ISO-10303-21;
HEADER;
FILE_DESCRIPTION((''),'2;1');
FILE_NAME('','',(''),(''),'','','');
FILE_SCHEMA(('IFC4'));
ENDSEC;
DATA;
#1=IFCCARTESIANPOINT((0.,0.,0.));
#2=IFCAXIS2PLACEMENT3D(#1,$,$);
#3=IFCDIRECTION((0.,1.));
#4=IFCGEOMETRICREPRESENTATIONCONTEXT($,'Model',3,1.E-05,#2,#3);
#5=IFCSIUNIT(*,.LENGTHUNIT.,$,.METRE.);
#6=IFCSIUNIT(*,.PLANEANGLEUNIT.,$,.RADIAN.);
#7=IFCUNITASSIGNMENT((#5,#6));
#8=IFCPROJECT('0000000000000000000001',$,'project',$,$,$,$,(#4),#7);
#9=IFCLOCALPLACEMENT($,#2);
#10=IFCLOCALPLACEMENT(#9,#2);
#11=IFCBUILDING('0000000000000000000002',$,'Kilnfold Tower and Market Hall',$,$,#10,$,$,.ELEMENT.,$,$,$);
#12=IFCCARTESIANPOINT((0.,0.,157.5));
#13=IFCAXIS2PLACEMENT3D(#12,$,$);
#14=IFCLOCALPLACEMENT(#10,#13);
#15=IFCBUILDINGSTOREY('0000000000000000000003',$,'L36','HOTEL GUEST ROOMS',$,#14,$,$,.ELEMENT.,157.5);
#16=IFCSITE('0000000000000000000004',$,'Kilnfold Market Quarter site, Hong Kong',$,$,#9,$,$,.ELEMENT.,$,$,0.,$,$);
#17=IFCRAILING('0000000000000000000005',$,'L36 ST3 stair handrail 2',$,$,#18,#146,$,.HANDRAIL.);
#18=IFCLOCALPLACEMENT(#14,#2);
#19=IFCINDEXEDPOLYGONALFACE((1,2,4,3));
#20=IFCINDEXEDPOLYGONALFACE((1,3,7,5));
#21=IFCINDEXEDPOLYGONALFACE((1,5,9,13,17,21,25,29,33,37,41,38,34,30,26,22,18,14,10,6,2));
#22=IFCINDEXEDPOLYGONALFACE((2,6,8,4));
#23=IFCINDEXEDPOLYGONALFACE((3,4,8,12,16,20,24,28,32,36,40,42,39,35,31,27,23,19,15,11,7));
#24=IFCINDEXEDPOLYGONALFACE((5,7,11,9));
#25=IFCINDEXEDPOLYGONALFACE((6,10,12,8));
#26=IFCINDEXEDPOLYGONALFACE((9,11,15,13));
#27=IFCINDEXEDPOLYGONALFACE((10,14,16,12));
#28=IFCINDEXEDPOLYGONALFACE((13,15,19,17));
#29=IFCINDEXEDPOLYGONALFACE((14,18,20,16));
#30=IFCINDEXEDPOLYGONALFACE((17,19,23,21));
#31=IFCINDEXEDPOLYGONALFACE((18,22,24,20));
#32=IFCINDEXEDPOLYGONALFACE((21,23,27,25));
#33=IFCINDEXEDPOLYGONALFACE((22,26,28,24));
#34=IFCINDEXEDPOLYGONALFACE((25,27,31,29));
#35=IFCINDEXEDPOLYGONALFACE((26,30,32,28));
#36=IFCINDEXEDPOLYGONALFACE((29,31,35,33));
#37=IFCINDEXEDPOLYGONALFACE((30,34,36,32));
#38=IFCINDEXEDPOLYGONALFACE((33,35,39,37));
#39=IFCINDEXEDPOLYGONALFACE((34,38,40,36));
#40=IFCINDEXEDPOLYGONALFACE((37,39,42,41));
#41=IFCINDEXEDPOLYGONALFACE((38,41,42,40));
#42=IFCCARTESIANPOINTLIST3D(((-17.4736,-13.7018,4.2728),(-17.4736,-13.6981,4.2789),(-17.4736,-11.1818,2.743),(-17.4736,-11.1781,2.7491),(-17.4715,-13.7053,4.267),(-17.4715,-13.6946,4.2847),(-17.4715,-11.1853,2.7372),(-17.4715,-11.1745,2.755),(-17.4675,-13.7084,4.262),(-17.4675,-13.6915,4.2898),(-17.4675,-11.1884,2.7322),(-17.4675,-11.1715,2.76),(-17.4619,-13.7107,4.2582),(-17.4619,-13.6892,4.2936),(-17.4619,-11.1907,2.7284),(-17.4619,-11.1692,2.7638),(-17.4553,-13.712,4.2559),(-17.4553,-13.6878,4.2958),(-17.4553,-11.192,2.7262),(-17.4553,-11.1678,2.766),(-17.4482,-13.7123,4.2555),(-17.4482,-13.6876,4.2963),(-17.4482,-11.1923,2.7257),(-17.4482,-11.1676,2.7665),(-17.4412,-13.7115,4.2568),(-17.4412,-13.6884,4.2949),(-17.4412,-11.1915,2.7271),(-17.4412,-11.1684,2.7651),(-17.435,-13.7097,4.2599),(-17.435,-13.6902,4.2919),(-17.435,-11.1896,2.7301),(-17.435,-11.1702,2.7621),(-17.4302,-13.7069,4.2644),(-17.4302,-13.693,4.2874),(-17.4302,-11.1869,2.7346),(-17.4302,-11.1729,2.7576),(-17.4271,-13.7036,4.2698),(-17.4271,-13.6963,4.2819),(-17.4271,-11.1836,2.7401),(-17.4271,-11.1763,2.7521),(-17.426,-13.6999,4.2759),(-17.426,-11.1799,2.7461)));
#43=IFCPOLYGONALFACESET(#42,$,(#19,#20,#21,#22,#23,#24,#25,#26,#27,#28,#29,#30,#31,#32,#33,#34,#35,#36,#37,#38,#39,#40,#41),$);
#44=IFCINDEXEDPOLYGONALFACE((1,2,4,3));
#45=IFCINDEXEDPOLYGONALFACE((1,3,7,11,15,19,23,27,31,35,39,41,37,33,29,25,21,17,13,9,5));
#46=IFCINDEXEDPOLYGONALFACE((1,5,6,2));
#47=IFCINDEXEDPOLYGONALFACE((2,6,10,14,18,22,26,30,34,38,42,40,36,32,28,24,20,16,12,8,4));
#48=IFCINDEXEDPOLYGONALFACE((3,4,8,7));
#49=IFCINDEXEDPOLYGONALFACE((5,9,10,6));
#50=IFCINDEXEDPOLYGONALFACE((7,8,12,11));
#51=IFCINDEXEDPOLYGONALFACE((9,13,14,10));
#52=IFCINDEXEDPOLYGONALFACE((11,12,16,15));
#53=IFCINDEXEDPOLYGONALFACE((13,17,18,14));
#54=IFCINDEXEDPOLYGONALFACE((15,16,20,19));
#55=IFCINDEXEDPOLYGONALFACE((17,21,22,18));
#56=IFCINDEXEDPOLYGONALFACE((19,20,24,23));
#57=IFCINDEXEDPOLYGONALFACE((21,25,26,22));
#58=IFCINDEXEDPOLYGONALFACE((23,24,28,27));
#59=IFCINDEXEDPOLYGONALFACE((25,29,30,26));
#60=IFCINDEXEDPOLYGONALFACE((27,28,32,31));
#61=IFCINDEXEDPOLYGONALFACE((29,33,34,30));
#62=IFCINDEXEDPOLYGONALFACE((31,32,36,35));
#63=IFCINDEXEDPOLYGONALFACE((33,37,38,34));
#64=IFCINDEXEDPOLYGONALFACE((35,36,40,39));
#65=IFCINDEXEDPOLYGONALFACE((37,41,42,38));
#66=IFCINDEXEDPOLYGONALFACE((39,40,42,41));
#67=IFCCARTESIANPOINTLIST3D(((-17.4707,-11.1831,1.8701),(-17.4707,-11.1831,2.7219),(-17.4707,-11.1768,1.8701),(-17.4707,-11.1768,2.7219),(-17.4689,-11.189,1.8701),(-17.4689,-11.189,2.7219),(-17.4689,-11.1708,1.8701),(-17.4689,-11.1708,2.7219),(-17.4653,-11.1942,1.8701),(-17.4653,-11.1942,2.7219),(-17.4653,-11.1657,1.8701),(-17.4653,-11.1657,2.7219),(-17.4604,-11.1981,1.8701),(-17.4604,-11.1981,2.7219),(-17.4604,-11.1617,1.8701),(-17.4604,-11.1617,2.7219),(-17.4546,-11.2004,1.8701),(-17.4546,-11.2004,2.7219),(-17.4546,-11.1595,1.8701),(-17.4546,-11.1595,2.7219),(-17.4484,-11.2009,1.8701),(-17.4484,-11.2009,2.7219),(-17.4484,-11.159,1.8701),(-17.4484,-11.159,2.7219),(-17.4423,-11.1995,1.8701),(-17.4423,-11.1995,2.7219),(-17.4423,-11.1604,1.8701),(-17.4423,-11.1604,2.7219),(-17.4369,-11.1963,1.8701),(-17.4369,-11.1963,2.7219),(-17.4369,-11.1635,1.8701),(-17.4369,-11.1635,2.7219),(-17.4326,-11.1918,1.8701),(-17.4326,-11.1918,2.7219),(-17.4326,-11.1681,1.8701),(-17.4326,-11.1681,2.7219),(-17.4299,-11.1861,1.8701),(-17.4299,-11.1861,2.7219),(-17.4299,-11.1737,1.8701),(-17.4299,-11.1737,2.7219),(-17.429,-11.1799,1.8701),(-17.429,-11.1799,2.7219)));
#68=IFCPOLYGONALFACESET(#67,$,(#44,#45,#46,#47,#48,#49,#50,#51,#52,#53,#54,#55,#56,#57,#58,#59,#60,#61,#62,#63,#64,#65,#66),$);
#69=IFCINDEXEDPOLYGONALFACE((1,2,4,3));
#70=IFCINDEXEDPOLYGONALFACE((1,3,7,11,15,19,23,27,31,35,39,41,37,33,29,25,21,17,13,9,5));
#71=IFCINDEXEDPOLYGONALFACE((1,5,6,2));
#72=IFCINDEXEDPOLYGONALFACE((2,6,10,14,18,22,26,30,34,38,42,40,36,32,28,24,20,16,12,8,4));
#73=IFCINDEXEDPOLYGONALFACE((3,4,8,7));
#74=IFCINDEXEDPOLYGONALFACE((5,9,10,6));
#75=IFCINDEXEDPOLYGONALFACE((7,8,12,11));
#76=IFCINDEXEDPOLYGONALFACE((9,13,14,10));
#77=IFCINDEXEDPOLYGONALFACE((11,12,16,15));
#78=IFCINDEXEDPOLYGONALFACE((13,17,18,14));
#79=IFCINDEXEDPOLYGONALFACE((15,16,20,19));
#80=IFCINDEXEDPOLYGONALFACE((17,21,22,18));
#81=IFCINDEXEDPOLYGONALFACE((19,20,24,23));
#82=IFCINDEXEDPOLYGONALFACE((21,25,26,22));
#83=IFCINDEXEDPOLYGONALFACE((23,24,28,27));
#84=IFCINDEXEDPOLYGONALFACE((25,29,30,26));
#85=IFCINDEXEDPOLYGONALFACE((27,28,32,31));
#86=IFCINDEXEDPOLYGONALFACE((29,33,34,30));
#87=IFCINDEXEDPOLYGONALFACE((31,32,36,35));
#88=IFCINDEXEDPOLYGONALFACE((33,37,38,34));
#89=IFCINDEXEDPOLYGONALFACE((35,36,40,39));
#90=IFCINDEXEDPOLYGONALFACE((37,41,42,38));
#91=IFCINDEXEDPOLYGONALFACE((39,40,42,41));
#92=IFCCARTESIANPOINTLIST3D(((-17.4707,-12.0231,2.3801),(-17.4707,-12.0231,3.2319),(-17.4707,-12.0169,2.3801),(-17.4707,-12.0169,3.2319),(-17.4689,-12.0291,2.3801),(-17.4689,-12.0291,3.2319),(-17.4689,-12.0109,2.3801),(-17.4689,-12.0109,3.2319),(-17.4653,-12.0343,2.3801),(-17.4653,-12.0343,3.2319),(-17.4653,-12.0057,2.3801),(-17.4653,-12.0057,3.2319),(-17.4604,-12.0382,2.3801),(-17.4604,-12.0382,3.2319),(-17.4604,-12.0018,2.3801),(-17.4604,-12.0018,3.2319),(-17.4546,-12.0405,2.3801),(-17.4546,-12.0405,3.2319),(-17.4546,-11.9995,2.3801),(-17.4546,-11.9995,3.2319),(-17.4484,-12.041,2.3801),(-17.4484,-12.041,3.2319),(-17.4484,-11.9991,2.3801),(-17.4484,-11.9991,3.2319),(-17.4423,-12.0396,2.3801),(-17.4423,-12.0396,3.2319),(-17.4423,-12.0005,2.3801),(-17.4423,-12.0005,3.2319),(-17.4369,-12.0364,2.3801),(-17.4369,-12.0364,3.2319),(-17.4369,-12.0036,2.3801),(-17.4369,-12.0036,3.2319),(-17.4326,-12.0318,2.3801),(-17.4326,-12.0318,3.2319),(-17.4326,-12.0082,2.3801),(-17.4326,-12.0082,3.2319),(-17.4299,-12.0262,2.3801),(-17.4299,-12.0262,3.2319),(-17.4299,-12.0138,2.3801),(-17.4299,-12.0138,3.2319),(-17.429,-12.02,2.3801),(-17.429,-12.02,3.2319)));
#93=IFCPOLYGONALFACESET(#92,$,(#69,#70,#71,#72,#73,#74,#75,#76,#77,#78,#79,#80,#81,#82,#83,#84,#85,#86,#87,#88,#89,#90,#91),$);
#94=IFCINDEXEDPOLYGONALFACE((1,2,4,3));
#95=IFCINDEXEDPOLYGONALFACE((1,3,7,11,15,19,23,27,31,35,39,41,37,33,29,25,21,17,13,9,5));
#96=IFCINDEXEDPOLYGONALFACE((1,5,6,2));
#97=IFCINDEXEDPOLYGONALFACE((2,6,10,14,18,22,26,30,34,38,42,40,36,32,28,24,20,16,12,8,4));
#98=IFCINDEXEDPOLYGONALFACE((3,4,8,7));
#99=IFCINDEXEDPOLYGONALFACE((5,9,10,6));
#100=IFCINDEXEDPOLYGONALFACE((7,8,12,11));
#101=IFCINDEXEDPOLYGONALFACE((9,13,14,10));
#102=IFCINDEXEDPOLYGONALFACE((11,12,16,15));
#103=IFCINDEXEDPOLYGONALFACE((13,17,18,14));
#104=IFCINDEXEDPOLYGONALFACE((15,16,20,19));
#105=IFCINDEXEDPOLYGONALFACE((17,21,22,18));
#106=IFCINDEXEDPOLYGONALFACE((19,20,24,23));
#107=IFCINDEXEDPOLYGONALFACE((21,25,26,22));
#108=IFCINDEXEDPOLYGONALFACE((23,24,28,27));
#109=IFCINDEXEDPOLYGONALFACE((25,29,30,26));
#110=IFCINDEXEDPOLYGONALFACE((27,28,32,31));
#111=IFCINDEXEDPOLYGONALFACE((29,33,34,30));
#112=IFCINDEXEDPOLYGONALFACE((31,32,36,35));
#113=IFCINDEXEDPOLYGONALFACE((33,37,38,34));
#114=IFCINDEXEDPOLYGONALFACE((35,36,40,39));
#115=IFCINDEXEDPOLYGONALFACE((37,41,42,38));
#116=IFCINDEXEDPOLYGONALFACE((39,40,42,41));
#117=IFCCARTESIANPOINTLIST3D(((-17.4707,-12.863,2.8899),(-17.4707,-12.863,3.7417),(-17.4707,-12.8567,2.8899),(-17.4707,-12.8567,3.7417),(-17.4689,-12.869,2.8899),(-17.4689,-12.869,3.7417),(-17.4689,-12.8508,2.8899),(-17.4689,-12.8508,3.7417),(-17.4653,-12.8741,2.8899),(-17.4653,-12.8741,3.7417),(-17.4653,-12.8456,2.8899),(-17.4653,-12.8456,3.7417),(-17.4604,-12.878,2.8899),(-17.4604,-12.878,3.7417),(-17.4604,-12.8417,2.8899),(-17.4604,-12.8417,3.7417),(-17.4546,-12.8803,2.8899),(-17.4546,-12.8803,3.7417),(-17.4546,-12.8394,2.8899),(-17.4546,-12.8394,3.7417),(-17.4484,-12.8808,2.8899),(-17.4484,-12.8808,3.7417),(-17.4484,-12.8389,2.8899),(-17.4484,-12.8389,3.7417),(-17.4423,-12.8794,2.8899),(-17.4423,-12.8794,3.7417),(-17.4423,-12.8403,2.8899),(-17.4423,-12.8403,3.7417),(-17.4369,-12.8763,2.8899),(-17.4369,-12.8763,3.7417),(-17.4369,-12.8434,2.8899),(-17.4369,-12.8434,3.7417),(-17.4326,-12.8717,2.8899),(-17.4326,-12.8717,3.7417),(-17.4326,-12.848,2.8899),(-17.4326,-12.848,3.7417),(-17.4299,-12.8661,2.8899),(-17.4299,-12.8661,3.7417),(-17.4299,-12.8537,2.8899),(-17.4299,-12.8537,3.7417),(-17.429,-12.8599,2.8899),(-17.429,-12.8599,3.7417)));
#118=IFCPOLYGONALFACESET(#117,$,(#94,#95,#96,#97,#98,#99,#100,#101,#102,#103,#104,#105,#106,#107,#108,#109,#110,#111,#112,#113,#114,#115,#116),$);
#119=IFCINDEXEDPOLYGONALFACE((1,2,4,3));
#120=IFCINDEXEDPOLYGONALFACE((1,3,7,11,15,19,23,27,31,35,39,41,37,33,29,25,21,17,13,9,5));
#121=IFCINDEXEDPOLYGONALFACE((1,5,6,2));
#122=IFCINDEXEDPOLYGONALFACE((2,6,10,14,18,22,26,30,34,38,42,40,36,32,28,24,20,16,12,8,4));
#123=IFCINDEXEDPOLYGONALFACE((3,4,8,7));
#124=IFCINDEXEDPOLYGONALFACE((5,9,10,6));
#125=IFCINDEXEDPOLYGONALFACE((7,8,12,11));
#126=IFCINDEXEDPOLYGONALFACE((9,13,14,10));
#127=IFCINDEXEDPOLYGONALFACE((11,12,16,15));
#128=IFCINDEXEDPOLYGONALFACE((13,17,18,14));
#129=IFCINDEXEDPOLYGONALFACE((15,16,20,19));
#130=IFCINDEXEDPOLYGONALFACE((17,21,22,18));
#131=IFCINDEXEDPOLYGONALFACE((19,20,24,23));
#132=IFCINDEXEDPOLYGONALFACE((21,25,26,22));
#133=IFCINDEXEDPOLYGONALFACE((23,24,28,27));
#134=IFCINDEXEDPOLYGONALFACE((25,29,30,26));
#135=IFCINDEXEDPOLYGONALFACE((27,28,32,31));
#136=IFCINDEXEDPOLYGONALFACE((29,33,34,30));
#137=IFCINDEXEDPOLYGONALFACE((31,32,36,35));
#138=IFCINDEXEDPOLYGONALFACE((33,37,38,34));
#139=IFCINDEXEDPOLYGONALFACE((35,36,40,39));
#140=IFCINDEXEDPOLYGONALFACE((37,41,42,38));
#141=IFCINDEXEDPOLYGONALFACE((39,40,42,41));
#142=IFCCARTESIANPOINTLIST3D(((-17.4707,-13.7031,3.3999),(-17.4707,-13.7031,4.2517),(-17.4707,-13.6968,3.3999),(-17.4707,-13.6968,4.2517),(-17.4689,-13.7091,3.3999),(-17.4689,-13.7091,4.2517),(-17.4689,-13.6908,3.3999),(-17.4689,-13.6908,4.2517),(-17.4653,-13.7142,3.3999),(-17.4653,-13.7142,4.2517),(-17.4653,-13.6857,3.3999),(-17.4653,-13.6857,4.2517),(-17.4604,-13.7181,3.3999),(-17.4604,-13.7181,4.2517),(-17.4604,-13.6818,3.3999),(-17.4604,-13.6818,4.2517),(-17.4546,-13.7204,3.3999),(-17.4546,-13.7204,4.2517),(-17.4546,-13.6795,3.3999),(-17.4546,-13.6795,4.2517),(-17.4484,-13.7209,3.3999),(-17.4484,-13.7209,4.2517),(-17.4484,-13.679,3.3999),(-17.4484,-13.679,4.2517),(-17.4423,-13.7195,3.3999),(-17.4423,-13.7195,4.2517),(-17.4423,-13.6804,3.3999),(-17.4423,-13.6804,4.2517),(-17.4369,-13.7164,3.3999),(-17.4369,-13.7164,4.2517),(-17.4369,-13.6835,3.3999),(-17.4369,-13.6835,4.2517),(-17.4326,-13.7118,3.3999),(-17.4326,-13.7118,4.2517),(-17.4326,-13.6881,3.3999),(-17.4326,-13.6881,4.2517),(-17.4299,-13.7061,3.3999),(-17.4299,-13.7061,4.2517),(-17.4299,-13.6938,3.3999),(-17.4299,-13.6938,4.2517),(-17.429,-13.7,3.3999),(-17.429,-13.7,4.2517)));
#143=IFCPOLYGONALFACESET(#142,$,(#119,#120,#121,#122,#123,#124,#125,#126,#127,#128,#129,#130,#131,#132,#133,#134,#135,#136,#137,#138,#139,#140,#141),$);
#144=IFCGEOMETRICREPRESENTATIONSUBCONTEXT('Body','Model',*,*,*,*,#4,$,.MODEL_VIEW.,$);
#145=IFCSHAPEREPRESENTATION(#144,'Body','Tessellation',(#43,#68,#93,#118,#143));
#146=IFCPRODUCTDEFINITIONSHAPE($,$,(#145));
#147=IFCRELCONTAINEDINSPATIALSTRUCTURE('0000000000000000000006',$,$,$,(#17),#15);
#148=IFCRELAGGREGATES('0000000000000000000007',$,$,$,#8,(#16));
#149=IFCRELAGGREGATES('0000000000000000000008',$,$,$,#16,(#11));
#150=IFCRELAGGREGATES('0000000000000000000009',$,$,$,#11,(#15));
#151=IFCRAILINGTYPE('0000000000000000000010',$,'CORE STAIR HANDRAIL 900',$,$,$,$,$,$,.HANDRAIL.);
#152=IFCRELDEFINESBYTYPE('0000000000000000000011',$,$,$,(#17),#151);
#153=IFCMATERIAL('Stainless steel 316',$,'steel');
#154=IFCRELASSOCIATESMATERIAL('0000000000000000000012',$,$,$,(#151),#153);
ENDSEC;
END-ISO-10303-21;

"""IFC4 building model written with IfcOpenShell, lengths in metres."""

from ifc_helpers import new_model, si_unit, direction, frame, origin, origin_2d, place, context, subcontext, project, spatial, circle, extrude, material, type_object, element, save


model = new_model("IFC4")

# Units and contexts
model_context = context("Model", 3, precision=1e-05, world=origin(), true_north=direction((0.0, 1.0)))
body_context = subcontext(model_context, "Body", "Model", "MODEL_VIEW")
ifc_project = project(units=[si_unit("LENGTHUNIT", "METRE"), si_unit("PLANEANGLEUNIT", "RADIAN")], contexts=[model_context])

# Site, building, storey
site_placement = place(None, origin())
site = spatial("IfcSite", under=ifc_project, at=site_placement, Name="Kilnfold Market Quarter site, Hong Kong", CompositionType="ELEMENT", RefElevation=0.0)
building_placement = place(site_placement, origin())
building = spatial("IfcBuilding", under=site, at=building_placement, Name="Kilnfold Tower and Market Hall", CompositionType="ELEMENT")
storey_placement = place(building_placement, frame((0.0, 0.0, 157.5)))
storey = spatial("IfcBuildingStorey", under=building, at=storey_placement, Name="L36", Description="HOTEL GUEST ROOMS", CompositionType="ELEMENT", Elevation=157.5)

# Railing
ifc_material_1 = material(Name="Stainless steel 316", Category="steel")
railing_type = type_object("IfcRailingType", Name="CORE STAIR HANDRAIL 900", PredefinedType="HANDRAIL", material=ifc_material_1)
railing_placement = place(storey_placement, frame((-17.45, -11.1799, 1.8701)))
element("IfcRailing", 1, at=railing_placement, inside=storey, type_object=railing_type, Name="L36 ST3 stair handrail 2", PredefinedType="HANDRAIL", context=body_context, shape_type="SweptSolid", body=[
    extrude(circle(Radius=0.0239, at=origin_2d()), frame((0.0, 0.0, 0.876), z_axis=(0.0, -0.854822, 0.518922), x_axis=(1.0, 0.0, 0.0)), (0.0, 0.0, 1.0), 2.948),
    extrude(circle(Radius=0.021, at=origin_2d()), origin(), (0.0, 0.0, 1.0), 0.8518),
    extrude(circle(Radius=0.021, at=origin_2d()), frame((0.0, -0.8401, 0.51)), (0.0, 0.0, 1.0), 0.8518),
    extrude(circle(Radius=0.021, at=origin_2d()), frame((0.0, -1.6799, 1.0198)), (0.0, 0.0, 1.0), 0.8518),
    extrude(circle(Radius=0.021, at=origin_2d()), frame((0.0, -2.52, 1.5298)), (0.0, 0.0, 1.0), 0.8518),
])

save(model, "model.ifc")
